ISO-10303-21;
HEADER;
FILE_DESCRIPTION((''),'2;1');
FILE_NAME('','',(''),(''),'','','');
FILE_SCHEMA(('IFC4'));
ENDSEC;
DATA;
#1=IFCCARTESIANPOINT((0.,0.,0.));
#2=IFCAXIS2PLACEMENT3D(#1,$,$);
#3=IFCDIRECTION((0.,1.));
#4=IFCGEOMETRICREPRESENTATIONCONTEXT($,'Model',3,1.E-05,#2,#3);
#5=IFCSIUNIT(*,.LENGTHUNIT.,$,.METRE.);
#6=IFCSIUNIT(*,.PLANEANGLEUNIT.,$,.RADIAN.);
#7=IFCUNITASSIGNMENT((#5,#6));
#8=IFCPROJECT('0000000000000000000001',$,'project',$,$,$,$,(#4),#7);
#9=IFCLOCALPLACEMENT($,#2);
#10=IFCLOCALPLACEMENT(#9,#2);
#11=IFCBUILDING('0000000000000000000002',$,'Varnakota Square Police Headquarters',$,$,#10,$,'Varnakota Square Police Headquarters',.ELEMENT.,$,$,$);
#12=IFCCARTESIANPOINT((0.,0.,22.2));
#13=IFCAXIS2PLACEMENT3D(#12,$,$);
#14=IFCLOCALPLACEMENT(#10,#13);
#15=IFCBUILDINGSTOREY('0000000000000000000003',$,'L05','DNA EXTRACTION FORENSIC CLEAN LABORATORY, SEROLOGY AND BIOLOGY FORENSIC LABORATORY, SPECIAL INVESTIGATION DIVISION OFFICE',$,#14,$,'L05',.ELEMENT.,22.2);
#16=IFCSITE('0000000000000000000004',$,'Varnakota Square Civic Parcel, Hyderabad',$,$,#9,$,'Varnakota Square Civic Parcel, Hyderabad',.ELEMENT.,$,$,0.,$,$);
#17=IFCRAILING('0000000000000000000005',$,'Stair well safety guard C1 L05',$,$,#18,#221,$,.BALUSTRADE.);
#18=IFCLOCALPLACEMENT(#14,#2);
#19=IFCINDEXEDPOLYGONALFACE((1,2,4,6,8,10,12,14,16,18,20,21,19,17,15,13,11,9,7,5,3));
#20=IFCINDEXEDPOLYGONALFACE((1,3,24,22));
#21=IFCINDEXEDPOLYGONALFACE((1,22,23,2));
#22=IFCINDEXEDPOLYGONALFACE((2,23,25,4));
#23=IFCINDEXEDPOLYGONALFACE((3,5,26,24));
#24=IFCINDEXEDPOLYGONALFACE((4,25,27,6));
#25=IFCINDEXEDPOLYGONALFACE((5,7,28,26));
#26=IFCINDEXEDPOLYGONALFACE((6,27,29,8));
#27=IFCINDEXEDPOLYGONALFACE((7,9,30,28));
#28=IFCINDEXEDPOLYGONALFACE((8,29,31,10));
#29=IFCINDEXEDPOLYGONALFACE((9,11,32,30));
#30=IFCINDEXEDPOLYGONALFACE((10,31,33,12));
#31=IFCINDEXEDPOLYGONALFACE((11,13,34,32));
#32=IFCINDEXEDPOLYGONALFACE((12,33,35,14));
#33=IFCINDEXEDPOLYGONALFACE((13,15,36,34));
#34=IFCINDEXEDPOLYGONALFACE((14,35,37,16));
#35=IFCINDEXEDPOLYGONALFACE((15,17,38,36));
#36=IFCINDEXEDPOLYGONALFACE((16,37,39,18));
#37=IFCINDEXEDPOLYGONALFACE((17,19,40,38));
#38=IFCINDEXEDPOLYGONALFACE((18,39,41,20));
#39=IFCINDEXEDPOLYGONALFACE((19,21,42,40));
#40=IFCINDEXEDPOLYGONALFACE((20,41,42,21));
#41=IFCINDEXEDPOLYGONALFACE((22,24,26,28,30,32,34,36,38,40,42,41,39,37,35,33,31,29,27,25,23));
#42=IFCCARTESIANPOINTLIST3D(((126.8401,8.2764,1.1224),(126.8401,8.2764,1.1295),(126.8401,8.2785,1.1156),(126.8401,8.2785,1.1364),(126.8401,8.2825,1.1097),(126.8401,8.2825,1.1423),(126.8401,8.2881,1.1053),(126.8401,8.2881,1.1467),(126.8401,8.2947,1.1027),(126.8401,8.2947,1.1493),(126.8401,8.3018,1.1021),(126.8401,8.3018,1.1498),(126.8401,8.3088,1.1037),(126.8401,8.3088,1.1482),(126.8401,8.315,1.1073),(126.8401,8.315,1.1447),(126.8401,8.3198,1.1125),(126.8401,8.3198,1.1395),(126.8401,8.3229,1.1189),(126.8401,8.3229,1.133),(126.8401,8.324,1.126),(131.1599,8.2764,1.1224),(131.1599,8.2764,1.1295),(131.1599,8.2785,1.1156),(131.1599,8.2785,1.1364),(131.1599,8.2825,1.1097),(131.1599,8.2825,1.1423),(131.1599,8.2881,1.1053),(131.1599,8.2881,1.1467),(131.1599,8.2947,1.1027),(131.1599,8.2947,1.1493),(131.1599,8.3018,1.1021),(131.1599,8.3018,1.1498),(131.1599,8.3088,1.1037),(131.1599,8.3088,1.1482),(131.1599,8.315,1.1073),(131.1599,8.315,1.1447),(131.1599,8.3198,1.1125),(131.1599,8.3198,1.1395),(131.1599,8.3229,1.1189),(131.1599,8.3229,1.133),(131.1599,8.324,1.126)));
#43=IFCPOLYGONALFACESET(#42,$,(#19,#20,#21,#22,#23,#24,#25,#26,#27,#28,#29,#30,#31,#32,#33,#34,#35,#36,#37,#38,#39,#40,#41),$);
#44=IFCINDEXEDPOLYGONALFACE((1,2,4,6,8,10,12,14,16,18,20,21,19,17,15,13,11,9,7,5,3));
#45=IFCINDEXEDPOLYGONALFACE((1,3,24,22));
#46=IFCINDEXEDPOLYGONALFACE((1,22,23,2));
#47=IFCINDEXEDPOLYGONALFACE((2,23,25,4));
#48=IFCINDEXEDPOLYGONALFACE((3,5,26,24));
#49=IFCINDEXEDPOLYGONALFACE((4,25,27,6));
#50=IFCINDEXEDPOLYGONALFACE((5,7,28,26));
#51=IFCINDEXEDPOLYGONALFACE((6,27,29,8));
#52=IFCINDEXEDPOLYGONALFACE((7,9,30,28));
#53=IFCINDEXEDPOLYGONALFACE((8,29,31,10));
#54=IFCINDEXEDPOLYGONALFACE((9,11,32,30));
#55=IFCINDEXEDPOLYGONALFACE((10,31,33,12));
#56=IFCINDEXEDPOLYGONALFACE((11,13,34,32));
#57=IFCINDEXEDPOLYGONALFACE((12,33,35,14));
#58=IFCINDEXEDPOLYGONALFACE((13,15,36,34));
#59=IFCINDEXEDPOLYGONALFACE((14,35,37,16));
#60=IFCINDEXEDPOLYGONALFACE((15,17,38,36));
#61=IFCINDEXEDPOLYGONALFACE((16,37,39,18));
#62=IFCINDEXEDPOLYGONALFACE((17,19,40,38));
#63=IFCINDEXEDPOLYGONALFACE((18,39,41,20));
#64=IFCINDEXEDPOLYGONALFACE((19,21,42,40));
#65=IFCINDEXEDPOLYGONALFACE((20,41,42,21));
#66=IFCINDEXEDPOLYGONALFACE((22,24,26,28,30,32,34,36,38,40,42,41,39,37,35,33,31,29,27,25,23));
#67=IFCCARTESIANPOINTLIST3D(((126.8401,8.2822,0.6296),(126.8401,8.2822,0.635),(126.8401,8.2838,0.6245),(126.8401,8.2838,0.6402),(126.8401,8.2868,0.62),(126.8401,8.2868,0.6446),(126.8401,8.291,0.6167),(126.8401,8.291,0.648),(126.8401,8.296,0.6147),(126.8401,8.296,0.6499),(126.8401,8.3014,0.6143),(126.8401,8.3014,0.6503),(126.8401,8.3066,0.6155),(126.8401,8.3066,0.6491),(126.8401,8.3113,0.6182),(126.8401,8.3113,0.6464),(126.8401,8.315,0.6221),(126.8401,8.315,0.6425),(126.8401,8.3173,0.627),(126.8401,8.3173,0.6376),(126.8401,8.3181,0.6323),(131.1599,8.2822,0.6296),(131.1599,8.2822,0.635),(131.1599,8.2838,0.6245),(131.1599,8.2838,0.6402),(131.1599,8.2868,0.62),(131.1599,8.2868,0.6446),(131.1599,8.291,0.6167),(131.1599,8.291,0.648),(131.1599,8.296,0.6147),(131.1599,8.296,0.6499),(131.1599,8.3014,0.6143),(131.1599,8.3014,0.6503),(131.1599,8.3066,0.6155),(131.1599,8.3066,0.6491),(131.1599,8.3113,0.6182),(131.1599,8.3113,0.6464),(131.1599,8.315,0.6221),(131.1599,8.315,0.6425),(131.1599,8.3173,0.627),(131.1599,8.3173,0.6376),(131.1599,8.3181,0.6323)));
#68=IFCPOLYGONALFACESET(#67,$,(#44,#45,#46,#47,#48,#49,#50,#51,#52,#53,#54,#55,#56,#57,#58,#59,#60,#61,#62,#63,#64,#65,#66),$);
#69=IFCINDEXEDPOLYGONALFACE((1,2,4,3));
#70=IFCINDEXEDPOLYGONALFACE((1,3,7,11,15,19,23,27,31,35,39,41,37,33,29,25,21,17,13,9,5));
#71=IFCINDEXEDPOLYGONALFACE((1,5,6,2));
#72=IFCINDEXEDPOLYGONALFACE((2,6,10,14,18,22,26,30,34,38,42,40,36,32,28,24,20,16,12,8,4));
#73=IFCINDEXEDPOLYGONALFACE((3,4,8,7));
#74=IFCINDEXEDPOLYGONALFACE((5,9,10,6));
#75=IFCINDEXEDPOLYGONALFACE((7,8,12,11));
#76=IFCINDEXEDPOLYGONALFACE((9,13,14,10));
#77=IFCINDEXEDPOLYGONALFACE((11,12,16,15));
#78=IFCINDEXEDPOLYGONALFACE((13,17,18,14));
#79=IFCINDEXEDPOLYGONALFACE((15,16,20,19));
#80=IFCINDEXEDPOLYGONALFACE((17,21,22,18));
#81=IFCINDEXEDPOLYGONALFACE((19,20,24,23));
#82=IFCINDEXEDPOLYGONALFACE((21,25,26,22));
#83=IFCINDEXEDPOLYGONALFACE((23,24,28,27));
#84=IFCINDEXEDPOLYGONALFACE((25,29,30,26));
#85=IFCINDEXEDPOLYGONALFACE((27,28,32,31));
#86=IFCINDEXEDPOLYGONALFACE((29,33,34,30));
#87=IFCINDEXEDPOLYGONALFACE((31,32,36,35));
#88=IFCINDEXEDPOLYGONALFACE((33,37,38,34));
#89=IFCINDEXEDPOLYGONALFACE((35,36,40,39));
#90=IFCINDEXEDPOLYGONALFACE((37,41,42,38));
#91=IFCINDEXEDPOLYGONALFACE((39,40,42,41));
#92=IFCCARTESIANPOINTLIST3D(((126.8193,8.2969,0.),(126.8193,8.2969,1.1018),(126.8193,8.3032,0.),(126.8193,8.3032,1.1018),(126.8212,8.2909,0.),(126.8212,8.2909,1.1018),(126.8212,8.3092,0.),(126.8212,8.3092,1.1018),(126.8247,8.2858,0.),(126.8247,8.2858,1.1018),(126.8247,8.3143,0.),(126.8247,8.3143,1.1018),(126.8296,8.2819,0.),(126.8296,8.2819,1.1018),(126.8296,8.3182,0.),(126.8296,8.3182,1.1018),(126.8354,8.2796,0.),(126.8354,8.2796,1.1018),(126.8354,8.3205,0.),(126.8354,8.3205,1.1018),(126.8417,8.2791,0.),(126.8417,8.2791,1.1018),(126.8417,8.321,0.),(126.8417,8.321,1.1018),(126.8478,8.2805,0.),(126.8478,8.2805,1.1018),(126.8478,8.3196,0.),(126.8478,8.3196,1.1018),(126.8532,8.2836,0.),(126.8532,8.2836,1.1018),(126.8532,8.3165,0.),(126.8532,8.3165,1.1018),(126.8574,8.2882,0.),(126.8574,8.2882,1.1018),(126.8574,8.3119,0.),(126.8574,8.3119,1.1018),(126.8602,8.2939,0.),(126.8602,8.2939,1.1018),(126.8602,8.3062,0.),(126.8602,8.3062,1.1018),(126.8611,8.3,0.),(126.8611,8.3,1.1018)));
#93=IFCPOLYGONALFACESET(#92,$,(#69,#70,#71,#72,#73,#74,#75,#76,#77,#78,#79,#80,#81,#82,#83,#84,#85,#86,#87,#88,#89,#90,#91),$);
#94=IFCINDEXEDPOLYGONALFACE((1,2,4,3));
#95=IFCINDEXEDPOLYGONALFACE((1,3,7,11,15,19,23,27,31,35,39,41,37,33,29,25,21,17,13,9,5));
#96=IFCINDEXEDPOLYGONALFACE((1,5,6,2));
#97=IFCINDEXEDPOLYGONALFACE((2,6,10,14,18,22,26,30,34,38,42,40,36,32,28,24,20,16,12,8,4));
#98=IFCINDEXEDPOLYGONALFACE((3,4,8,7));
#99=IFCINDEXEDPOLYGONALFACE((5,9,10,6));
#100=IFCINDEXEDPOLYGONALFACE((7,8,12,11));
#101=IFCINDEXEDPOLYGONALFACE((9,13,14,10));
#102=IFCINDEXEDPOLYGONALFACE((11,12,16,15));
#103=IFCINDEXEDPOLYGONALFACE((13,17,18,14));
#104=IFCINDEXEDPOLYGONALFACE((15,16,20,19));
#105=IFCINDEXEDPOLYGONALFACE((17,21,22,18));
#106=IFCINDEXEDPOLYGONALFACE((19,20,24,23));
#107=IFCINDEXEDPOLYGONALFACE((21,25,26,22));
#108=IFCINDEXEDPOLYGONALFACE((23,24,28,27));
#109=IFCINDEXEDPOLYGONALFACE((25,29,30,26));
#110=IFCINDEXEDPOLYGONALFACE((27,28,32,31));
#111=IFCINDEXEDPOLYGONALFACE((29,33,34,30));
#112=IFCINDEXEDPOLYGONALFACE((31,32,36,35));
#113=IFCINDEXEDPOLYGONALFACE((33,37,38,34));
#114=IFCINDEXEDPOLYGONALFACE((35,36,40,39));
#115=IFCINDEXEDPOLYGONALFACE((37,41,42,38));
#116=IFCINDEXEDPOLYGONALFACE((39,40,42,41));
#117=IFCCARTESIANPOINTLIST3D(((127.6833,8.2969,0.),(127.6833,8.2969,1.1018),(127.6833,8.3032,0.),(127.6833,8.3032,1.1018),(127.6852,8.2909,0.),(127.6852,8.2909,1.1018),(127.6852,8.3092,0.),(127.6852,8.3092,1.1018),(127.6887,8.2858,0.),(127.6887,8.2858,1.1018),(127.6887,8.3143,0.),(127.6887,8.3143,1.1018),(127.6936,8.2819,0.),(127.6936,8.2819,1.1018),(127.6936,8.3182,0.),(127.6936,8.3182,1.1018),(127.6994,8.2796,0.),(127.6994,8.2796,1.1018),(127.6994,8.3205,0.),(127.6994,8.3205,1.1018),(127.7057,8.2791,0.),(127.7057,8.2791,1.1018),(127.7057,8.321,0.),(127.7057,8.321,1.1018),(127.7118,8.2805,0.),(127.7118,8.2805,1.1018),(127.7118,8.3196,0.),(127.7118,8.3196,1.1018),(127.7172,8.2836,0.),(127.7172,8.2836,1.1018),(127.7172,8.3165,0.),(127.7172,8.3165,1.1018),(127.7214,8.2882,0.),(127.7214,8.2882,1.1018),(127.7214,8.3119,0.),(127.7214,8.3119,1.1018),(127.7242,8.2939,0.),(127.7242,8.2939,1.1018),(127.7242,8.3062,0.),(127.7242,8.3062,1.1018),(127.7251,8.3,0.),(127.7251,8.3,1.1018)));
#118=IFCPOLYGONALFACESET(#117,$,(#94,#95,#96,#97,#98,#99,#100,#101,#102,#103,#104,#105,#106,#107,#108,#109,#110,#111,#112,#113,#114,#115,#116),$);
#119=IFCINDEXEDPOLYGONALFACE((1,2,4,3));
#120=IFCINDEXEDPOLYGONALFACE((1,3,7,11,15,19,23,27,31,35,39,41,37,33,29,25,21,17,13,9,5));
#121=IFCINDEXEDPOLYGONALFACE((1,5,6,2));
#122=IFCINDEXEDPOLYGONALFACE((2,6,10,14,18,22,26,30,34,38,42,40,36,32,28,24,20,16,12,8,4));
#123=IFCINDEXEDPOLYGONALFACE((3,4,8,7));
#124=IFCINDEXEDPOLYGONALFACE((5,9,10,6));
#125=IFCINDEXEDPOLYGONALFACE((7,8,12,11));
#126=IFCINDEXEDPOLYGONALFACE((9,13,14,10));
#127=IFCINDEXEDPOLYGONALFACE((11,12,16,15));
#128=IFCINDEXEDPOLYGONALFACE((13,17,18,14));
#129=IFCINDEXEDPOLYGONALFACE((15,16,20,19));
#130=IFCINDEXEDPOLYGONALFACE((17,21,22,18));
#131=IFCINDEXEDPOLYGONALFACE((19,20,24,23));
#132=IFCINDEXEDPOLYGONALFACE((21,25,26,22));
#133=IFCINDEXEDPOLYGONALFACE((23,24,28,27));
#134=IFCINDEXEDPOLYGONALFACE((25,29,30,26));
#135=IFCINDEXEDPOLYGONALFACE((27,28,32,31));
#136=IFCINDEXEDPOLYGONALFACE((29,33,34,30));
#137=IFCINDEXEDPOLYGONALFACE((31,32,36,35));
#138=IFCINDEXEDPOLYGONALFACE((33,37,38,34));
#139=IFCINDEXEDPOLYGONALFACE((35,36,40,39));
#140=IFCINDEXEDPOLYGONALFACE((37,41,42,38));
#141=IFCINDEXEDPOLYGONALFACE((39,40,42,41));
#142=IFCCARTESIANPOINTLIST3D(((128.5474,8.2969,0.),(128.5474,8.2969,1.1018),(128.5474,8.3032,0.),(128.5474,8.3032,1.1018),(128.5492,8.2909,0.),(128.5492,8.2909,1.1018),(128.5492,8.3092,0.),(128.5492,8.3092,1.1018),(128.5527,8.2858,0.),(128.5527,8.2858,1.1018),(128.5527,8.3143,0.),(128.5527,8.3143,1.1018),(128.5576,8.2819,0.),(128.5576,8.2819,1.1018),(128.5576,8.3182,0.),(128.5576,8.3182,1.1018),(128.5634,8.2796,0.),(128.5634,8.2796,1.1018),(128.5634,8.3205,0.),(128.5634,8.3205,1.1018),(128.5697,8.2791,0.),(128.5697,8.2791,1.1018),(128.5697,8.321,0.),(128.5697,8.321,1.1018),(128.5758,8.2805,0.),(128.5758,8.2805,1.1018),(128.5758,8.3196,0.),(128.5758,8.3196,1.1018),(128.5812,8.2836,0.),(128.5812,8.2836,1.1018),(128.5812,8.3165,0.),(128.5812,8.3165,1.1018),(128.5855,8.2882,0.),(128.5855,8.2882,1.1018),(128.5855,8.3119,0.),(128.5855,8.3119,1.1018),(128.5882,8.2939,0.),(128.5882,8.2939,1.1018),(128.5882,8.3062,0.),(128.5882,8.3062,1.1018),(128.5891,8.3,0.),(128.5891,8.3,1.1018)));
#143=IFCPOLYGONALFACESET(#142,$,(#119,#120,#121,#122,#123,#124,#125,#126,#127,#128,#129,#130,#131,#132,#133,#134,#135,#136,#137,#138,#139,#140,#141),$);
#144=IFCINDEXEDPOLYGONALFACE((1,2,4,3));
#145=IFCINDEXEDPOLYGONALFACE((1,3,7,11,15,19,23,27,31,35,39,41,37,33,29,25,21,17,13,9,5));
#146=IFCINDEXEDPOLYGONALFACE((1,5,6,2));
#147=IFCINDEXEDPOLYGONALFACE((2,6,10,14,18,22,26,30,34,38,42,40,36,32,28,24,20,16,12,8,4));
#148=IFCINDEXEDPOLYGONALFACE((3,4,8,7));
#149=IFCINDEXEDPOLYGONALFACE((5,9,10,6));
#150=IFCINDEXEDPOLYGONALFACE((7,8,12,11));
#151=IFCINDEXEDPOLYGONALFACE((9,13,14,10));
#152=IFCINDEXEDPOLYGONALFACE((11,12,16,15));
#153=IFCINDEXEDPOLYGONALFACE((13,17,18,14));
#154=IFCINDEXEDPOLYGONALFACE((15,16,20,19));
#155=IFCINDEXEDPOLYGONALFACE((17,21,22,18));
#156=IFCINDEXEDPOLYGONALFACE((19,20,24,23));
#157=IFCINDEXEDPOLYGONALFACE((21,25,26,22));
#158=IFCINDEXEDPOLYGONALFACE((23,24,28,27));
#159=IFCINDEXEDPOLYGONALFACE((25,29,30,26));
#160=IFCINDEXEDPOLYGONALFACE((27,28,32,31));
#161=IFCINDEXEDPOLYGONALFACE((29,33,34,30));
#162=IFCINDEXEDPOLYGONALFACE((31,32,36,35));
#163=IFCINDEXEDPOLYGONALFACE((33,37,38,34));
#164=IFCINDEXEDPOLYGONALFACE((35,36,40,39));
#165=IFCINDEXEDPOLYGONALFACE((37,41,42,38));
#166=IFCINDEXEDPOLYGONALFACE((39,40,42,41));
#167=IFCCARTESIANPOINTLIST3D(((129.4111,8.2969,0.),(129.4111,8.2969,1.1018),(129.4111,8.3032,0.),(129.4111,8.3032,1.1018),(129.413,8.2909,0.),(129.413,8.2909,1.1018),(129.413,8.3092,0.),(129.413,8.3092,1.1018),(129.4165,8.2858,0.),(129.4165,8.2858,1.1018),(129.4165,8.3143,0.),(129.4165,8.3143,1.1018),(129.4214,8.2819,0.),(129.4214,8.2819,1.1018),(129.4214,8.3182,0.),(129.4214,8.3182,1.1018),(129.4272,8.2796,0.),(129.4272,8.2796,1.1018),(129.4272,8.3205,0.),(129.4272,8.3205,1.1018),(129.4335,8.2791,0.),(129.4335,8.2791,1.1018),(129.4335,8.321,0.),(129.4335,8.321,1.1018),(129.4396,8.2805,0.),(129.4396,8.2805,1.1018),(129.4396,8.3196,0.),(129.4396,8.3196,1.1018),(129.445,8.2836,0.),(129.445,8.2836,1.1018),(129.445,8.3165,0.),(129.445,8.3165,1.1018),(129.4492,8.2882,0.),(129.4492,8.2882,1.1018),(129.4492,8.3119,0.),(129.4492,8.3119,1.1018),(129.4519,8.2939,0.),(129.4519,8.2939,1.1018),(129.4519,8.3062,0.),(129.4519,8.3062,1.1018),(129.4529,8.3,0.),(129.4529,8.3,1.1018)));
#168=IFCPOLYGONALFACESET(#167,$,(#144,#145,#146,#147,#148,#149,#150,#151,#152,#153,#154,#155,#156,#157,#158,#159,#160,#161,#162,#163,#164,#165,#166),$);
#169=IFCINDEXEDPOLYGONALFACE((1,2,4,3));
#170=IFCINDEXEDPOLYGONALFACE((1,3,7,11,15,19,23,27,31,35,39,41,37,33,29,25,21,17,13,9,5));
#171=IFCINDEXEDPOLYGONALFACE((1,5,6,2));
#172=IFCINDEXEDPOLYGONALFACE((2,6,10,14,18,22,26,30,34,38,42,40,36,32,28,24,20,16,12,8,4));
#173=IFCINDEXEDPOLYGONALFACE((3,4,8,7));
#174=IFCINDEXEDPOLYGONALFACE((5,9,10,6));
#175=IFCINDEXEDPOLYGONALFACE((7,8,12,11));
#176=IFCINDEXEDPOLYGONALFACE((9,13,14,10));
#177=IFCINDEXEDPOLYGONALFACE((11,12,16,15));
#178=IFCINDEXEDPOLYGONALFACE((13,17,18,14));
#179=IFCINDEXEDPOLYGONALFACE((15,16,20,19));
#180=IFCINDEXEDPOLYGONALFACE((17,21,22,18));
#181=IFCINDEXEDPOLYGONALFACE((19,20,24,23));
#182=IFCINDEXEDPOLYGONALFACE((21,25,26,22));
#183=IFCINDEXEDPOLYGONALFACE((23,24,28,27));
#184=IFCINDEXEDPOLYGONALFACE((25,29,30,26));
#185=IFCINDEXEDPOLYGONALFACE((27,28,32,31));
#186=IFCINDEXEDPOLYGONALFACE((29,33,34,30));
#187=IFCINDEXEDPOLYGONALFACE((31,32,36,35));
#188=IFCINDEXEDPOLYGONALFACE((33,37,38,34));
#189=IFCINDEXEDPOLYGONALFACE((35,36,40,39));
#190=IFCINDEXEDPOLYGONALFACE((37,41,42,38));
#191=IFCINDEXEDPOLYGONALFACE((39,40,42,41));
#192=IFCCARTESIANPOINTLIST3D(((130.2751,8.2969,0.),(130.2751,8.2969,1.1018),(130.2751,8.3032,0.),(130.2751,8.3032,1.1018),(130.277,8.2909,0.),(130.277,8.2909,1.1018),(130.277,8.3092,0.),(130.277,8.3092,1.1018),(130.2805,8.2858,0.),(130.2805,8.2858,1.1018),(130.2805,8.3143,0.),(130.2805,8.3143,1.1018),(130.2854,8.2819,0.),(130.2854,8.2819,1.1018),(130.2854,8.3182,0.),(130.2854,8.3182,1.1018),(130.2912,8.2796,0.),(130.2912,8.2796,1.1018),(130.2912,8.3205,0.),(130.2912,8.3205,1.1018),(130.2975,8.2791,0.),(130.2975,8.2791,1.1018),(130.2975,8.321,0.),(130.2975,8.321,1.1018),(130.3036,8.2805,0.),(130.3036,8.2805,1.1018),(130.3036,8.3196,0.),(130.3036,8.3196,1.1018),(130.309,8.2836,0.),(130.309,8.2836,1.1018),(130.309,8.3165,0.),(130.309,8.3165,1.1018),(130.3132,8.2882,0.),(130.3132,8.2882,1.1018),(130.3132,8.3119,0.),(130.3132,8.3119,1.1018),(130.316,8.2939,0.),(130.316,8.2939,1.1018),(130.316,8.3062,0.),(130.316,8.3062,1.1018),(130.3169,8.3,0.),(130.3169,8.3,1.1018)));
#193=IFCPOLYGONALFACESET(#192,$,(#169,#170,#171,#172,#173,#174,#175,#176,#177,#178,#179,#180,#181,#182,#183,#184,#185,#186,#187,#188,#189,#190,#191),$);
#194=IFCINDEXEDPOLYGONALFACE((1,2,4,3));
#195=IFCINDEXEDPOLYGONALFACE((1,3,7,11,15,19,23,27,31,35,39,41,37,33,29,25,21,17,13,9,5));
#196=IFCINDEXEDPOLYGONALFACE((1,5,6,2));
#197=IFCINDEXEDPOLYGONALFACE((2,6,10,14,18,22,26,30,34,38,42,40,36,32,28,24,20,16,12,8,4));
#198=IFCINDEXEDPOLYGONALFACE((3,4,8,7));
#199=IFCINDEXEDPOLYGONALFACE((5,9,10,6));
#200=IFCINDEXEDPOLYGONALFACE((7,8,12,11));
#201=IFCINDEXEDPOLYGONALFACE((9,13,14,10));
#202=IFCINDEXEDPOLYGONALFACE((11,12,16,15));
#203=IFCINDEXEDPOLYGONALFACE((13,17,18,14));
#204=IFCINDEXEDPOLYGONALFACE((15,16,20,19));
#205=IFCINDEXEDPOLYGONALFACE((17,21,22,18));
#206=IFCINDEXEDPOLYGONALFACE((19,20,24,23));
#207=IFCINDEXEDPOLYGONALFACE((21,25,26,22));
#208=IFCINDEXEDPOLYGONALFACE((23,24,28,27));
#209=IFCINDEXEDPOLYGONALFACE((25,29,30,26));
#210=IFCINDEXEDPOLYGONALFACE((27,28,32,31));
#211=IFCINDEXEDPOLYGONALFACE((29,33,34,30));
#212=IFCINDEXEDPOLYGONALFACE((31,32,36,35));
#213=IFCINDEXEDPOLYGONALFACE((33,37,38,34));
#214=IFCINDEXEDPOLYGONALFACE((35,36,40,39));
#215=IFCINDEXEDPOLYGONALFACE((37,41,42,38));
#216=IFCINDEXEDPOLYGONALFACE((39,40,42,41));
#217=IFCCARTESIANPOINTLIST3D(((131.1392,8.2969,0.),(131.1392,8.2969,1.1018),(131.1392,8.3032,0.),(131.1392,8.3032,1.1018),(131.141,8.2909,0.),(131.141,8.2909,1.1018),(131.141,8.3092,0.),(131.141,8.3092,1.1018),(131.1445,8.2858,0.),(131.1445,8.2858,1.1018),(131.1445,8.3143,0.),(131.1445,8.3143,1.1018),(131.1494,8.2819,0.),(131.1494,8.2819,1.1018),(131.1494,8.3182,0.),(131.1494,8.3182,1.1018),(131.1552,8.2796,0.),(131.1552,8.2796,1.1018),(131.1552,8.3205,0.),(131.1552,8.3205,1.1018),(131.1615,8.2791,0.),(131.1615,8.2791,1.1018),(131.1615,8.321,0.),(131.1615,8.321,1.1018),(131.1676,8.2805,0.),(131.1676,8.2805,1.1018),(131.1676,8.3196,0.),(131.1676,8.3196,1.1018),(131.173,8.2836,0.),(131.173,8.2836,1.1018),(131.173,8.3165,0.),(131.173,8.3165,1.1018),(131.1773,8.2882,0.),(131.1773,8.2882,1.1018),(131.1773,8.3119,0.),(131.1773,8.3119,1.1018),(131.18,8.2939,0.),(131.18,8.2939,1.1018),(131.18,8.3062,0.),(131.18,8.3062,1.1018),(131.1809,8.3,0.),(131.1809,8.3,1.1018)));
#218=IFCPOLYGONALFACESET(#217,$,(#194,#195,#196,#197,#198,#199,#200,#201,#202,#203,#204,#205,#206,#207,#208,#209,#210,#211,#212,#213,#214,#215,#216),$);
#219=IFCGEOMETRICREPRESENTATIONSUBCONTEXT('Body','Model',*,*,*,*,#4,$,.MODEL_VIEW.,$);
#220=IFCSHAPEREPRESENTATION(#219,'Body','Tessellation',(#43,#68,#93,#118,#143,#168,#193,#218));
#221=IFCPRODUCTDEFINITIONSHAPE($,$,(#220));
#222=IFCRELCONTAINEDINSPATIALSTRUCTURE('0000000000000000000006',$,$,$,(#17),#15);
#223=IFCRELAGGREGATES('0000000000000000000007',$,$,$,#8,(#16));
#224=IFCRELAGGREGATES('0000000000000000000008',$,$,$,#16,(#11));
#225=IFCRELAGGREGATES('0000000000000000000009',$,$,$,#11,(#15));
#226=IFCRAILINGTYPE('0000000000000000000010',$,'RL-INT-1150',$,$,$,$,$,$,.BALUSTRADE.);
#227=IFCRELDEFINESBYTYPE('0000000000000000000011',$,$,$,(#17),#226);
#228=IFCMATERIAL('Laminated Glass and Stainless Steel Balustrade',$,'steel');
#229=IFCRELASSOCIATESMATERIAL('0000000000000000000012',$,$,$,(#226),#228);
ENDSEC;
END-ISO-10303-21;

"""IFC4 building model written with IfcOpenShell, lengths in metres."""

from ifc_helpers import new_model, si_unit, direction, frame, origin, origin_2d, place, context, subcontext, project, spatial, circle, extrude, material, type_object, element, save


model = new_model("IFC4")

# Units and contexts
model_context = context("Model", 3, precision=1e-05, world=origin(), true_north=direction((0.0, 1.0)))
body_context = subcontext(model_context, "Body", "Model", "MODEL_VIEW")
ifc_project = project(units=[si_unit("LENGTHUNIT", "METRE"), si_unit("PLANEANGLEUNIT", "RADIAN")], contexts=[model_context])

# Site, building, storey
site_placement = place(None, origin())
site = spatial("IfcSite", under=ifc_project, at=site_placement, Name="Varnakota Square Civic Parcel, Hyderabad", LongName="Varnakota Square Civic Parcel, Hyderabad", CompositionType="ELEMENT", RefElevation=0.0)
building_placement = place(site_placement, origin())
building = spatial("IfcBuilding", under=site, at=building_placement, Name="Varnakota Square Police Headquarters", LongName="Varnakota Square Police Headquarters", CompositionType="ELEMENT")
storey_placement = place(building_placement, frame((0.0, 0.0, 22.2)))
storey = spatial("IfcBuildingStorey", under=building, at=storey_placement, Name="L05", Description="DNA EXTRACTION FORENSIC CLEAN LABORATORY, SEROLOGY AND BIOLOGY FORENSIC LABORATORY, SPECIAL INVESTIGATION DIVISION OFFICE", LongName="L05", CompositionType="ELEMENT", Elevation=22.2)

# Railing
ifc_material_1 = material(Name="Laminated Glass and Stainless Steel Balustrade", Category="steel")
railing_type_1 = type_object("IfcRailingType", Name="RL-INT-1150", PredefinedType="BALUSTRADE", material=ifc_material_1)
railing_1_placement = place(storey_placement, frame((126.8401, 8.3, 0.0)))
element("IfcRailing", 1, at=railing_1_placement, inside=storey, type_object=railing_type_1, Name="Stair well safety guard C1 L05", PredefinedType="BALUSTRADE", context=body_context, shape_type="SweptSolid", body=[
    extrude(circle(Radius=0.0239, at=origin_2d()), frame((0.0, 0.0, 1.126), z_axis=(1.0, 0.0, 0.0), x_axis=(0.0, 1.0, 0.0)), (0.0, 0.0, 1.0), 4.3198),
    extrude(circle(Radius=0.0181, at=origin_2d()), frame((0.0, 0.0, 0.6323), z_axis=(1.0, 0.0, 0.0), x_axis=(0.0, 1.0, 0.0)), (0.0, 0.0, 1.0), 4.3198),
    extrude(circle(Radius=0.021, at=origin_2d()), origin(), (0.0, 0.0, 1.0), 1.1018),
    extrude(circle(Radius=0.021, at=origin_2d()), frame((0.864, 0.0, 0.0)), (0.0, 0.0, 1.0), 1.1018),
    extrude(circle(Radius=0.021, at=origin_2d()), frame((1.728, 0.0, 0.0)), (0.0, 0.0, 1.0), 1.1018),
    extrude(circle(Radius=0.021, at=origin_2d()), frame((2.5918, 0.0, 0.0)), (0.0, 0.0, 1.0), 1.1018),
    extrude(circle(Radius=0.021, at=origin_2d()), frame((3.4558, 0.0, 0.0)), (0.0, 0.0, 1.0), 1.1018),
    extrude(circle(Radius=0.021, at=origin_2d()), frame((4.3198, 0.0, 0.0)), (0.0, 0.0, 1.0), 1.1018),
])

save(model, "model.ifc")
